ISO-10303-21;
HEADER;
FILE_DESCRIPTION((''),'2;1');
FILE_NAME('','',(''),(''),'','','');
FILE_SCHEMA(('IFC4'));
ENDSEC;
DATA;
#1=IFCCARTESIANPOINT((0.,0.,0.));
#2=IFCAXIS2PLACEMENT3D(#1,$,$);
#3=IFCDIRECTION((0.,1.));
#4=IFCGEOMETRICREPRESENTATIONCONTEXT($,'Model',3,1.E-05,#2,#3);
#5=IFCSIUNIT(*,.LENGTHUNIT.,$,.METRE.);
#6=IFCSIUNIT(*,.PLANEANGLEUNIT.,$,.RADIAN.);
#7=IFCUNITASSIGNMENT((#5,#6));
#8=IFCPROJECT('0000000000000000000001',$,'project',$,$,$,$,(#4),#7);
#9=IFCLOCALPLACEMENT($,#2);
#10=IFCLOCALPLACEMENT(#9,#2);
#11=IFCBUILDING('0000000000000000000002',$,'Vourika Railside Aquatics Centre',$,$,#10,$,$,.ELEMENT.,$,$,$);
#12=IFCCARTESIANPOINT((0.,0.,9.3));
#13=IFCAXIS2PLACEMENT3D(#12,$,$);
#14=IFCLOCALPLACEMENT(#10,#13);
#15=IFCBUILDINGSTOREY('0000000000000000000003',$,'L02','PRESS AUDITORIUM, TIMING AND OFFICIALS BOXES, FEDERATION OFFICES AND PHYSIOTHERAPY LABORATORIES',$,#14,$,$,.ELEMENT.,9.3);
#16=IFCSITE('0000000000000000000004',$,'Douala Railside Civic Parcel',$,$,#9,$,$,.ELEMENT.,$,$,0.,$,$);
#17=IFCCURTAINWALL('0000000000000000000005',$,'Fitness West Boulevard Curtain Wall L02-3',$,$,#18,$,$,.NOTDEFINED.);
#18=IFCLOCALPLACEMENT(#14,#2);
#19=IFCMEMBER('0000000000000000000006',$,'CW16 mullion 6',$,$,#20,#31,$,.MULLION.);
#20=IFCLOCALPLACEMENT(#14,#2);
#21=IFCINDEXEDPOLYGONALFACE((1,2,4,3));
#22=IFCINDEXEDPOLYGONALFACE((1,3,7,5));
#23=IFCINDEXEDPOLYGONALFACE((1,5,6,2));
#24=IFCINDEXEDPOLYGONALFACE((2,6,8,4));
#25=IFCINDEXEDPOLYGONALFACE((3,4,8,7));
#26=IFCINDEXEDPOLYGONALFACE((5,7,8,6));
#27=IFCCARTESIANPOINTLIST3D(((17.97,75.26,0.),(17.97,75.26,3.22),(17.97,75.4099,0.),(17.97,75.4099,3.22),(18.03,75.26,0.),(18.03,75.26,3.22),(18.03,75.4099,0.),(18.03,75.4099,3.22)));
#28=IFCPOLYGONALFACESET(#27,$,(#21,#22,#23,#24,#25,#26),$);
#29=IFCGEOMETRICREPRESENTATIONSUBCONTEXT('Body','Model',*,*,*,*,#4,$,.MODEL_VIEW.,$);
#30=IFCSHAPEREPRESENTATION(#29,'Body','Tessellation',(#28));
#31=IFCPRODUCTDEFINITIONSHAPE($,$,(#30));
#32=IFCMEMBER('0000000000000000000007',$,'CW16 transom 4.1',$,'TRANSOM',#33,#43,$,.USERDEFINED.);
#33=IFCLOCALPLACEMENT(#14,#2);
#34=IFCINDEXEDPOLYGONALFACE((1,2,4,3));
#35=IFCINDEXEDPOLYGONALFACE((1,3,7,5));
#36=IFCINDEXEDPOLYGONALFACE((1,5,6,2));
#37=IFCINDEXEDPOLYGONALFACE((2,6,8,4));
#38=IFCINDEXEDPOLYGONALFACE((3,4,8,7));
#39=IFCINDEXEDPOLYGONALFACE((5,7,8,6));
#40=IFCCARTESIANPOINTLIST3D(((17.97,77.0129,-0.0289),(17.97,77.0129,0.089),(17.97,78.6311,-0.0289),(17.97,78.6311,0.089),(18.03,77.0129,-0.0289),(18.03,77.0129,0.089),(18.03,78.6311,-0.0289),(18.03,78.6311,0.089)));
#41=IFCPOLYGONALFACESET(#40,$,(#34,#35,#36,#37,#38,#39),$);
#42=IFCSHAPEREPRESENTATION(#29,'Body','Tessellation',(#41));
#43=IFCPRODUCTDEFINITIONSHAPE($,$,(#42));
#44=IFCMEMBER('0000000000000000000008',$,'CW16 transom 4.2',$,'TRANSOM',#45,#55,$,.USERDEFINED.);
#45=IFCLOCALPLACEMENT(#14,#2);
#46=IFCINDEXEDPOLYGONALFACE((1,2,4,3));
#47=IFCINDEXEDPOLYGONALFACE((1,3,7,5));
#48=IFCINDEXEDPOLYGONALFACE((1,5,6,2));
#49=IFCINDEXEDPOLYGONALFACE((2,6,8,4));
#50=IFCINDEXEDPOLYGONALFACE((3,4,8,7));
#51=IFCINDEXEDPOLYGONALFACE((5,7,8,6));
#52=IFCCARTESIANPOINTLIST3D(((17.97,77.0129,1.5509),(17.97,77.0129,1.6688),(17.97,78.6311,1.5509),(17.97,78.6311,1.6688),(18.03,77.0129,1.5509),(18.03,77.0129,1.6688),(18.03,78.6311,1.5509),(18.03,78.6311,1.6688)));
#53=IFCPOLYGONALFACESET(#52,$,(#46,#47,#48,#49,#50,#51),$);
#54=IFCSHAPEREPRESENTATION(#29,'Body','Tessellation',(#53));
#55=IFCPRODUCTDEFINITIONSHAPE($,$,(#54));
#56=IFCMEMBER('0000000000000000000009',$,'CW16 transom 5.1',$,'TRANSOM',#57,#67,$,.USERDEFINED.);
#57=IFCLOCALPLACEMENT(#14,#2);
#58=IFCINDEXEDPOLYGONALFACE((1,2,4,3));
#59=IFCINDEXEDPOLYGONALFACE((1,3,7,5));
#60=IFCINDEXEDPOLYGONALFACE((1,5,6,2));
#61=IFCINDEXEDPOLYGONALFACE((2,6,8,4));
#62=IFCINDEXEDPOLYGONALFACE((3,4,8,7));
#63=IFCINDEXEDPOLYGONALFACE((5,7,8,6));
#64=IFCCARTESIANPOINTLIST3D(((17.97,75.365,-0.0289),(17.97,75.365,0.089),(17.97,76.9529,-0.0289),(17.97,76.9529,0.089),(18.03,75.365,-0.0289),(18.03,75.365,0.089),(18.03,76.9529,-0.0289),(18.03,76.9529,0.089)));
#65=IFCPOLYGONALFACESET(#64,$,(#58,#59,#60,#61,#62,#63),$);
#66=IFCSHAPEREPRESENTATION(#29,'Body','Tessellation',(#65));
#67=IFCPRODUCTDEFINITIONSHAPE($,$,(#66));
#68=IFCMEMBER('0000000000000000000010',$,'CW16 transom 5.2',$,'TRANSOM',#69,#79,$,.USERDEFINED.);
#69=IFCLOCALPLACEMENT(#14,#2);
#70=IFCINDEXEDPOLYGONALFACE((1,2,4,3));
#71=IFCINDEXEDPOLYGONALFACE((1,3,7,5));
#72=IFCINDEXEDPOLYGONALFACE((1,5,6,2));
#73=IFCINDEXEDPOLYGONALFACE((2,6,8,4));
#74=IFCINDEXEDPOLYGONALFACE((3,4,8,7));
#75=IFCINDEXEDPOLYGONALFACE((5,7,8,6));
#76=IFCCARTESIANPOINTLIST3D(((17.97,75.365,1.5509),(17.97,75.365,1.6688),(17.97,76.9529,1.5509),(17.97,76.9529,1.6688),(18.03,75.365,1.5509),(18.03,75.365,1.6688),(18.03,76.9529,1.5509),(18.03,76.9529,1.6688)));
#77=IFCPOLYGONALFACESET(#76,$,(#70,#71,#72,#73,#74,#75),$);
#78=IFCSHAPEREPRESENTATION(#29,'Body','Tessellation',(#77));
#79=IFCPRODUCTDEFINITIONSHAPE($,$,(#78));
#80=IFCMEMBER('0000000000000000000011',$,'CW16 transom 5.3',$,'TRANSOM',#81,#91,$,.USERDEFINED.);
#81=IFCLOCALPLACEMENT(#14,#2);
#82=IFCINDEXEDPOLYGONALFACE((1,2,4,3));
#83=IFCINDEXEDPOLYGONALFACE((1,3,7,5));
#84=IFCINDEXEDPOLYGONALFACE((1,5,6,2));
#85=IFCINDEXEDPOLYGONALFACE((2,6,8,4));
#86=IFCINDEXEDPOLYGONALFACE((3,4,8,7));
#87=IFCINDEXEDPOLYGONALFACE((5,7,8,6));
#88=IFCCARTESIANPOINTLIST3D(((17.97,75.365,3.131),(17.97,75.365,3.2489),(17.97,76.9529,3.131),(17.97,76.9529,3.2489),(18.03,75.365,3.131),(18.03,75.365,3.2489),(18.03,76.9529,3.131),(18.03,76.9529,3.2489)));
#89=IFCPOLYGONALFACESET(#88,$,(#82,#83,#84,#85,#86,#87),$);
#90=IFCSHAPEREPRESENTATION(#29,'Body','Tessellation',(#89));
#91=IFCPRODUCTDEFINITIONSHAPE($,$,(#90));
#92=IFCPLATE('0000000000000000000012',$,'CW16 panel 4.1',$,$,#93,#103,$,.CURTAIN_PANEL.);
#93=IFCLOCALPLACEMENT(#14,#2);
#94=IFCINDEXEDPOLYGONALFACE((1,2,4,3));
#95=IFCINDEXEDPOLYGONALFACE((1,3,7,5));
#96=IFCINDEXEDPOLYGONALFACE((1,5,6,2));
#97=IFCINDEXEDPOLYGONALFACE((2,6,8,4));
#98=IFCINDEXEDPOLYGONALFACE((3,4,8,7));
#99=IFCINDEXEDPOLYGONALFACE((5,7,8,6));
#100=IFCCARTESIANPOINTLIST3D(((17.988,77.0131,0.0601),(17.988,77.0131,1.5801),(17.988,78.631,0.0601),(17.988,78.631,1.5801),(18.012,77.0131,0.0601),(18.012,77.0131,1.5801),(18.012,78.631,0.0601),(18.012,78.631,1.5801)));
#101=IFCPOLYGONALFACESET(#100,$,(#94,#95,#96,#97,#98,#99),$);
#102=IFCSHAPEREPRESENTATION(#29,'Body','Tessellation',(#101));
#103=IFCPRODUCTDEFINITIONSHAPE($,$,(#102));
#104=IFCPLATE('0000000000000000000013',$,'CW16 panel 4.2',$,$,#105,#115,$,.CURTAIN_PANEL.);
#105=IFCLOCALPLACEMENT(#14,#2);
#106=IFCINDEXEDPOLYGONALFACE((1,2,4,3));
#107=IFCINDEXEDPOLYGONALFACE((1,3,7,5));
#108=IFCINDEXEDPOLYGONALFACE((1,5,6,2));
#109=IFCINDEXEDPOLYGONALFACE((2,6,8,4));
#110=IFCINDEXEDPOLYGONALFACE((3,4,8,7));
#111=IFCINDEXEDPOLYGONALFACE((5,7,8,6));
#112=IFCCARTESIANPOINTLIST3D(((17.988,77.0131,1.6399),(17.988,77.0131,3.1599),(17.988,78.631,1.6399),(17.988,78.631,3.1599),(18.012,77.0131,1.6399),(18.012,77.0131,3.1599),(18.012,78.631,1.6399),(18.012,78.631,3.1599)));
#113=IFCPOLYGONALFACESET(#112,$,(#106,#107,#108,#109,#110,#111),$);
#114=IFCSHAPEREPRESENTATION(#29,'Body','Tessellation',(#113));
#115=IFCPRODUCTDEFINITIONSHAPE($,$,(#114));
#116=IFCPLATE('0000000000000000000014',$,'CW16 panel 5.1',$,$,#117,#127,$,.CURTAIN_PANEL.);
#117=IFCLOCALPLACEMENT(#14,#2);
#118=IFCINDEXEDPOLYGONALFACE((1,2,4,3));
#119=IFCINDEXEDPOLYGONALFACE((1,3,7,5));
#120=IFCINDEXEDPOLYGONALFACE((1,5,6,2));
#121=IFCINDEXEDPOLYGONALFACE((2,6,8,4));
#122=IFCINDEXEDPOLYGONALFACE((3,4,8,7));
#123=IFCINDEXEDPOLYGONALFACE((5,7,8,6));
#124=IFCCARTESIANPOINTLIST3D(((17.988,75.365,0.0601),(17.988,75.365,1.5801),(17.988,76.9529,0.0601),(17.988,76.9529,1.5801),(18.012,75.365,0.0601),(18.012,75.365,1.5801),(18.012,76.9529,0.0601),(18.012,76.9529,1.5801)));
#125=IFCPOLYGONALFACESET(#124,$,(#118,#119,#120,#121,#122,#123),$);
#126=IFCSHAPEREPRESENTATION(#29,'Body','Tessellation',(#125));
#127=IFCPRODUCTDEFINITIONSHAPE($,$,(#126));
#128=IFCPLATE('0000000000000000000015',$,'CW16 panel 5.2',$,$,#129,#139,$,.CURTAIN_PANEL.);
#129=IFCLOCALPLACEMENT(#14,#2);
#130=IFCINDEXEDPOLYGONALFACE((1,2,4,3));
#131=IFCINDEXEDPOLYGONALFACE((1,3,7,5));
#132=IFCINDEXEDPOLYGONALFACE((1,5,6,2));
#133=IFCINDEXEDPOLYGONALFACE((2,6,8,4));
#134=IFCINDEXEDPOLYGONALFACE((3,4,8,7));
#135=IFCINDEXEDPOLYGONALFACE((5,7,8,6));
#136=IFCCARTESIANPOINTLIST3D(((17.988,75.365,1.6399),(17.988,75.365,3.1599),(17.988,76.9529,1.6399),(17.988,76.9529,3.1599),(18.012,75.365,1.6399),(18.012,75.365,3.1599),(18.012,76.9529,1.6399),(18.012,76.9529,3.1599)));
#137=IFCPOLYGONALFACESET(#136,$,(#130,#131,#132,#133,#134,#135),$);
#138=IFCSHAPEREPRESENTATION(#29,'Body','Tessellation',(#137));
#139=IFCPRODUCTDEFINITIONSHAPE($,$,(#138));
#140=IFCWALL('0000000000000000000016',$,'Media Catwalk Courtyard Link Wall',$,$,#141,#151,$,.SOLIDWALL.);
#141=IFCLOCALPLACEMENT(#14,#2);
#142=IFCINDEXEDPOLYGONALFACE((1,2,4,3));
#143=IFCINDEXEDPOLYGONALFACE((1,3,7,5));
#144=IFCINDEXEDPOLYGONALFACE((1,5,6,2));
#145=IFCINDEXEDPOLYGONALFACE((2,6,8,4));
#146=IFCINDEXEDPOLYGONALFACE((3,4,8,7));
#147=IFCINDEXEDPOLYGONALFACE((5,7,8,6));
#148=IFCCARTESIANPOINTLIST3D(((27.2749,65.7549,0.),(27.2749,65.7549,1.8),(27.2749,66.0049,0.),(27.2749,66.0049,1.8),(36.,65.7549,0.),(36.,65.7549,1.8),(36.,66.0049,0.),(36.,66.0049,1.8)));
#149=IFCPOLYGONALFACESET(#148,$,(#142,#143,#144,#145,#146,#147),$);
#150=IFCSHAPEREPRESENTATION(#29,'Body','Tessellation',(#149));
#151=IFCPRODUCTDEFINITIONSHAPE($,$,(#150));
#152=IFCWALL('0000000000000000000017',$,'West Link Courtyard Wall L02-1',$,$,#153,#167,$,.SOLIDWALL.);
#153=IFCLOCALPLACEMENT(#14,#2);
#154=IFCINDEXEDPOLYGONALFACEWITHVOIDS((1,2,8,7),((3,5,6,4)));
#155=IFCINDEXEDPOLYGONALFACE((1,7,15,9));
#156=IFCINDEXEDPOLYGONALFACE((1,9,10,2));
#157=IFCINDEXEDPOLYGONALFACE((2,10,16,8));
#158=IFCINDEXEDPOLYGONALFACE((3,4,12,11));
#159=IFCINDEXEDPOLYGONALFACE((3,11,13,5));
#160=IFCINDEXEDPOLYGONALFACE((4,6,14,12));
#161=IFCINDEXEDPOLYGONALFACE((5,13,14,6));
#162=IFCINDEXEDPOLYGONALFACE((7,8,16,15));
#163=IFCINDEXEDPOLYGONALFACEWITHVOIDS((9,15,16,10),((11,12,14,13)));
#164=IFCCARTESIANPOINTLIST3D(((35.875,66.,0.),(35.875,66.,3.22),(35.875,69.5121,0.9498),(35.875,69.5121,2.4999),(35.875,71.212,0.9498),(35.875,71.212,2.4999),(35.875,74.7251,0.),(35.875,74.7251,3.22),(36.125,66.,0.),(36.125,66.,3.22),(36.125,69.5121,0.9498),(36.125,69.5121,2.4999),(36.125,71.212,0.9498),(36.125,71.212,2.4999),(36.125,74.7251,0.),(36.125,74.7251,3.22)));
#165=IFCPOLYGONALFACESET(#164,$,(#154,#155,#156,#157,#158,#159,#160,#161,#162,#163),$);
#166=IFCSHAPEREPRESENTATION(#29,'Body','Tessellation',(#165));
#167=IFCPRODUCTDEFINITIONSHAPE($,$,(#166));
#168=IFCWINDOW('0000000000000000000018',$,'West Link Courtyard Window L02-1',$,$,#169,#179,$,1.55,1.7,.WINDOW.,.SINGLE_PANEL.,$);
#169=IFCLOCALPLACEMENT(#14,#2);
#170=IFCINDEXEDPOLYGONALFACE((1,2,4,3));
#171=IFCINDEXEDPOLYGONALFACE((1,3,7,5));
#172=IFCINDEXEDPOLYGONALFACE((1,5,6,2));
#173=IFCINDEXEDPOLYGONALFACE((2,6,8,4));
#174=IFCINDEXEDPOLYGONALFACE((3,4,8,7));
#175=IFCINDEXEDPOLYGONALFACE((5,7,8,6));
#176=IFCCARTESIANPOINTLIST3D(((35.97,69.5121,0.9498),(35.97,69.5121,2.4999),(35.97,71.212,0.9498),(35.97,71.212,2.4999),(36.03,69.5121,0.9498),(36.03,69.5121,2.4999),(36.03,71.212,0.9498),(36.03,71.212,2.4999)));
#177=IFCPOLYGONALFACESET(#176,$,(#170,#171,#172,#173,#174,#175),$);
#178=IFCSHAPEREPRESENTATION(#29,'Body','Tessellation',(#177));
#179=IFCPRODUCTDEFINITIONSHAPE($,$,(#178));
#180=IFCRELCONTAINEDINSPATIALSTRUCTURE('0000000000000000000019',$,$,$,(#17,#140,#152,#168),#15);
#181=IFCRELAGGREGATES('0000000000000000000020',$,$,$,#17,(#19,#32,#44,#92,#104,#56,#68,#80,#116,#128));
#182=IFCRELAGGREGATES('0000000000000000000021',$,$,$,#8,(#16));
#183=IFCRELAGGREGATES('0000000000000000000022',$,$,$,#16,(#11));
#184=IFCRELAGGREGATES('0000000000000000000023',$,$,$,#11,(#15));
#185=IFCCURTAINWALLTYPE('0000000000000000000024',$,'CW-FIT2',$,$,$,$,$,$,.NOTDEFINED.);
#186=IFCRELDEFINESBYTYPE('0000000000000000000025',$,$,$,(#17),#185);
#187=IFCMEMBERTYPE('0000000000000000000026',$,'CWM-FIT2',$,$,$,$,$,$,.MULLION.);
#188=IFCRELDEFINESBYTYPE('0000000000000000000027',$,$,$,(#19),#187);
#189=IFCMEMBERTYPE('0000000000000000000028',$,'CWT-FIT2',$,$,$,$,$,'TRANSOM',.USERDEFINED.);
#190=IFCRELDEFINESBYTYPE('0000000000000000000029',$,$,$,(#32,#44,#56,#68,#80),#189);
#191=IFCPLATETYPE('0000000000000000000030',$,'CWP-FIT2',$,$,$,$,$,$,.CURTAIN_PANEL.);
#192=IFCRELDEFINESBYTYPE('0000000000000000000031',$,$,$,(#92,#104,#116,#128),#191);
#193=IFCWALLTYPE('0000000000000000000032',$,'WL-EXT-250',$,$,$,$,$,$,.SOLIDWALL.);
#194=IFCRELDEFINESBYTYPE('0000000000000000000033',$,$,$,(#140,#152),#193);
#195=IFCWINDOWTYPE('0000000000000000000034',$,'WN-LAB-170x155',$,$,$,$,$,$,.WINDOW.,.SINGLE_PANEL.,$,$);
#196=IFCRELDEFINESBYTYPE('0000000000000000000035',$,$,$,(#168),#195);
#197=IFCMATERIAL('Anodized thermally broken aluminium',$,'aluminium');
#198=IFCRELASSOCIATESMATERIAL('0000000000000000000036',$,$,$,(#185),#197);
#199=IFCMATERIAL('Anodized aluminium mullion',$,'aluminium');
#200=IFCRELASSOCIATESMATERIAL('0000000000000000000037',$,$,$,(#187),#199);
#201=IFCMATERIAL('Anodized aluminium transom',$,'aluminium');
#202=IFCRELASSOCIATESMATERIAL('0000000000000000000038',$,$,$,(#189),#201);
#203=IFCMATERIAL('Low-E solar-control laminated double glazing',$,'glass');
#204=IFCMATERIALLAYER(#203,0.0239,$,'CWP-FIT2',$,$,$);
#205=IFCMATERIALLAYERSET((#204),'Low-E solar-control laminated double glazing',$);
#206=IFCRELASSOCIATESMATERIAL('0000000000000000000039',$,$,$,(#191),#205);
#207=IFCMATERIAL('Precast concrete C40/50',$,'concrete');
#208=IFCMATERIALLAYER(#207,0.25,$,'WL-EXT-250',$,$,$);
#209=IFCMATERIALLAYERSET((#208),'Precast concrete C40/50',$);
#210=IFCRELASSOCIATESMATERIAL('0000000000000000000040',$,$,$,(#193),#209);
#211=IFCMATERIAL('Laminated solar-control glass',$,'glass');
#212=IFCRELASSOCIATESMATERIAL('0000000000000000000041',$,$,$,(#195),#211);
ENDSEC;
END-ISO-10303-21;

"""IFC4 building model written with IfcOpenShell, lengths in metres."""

from ifc_helpers import new_model, si_unit, direction, frame, frame_2d, origin, origin_2d, place, context, subcontext, project, spatial, rectangle, extrude, material, layer, layer_set, material_profile, profile_set, type_object, element, fill, aggregate, save


model = new_model("IFC4")

# Units and contexts
model_context = context("Model", 3, precision=1e-05, world=origin(), true_north=direction((0.0, 1.0)))
body_context = subcontext(model_context, "Body", "Model", "MODEL_VIEW")
ifc_project = project(units=[si_unit("LENGTHUNIT", "METRE"), si_unit("PLANEANGLEUNIT", "RADIAN")], contexts=[model_context])

# Site, building, storey
site_placement = place(None, origin())
site = spatial("IfcSite", under=ifc_project, at=site_placement, Name="Douala Railside Civic Parcel", CompositionType="ELEMENT", RefElevation=0.0)
building_placement = place(site_placement, origin())
building = spatial("IfcBuilding", under=site, at=building_placement, Name="Vourika Railside Aquatics Centre", CompositionType="ELEMENT")
storey_placement = place(building_placement, frame((0.0, 0.0, 9.3)))
storey = spatial("IfcBuildingStorey", under=building, at=storey_placement, Name="L02", Description="PRESS AUDITORIUM, TIMING AND OFFICIALS BOXES, FEDERATION OFFICES AND PHYSIOTHERAPY LABORATORIES", CompositionType="ELEMENT", Elevation=9.3)

# Curtain wall, members, plates
ifc_material_1 = material(Name="Anodized thermally broken aluminium", Category="aluminium")
curtain_wall_type = type_object("IfcCurtainWallType", Name="CW-FIT2", PredefinedType="NOTDEFINED", material=ifc_material_1)
curtain_wall_placement = place(storey_placement, origin())
curtain_wall = element("IfcCurtainWall", 1, at=curtain_wall_placement, inside=storey, type_object=curtain_wall_type, Name="Fitness West Boulevard Curtain Wall L02-3", PredefinedType="NOTDEFINED")
ifc_material_2 = material(Name="Anodized aluminium mullion", Category="aluminium")
ifc_material_profile_1 = material_profile(ifc_material_2, rectangle(XDim=0.0601, YDim=0.1499, at=origin_2d()), Name="ALU-M 60x150")
ifc_profile_set_1 = profile_set([ifc_material_profile_1], Name="Anodized aluminium mullion")
member_type_1 = type_object("IfcMemberType", Name="CWM-FIT2", PredefinedType="MULLION", material=ifc_profile_set_1)
member_1_placement = place(storey_placement, frame((18.0, 75.335, 0.0), z_axis=(0.0, 0.0, 1.0), x_axis=(1.0, 0.0, 0.0)))
member_1 = element("IfcMember", 2, at=member_1_placement, type_object=member_type_1, Name="CW16 mullion 6", PredefinedType="MULLION", context=body_context, shape_type="SweptSolid", body=[
    extrude(rectangle(XDim=0.0601, YDim=0.1499, at=origin_2d()), origin(), (0.0, 0.0, 1.0), 3.22),
])
ifc_material_3 = material(Name="Anodized aluminium transom", Category="aluminium")
ifc_material_profile_2 = material_profile(ifc_material_3, rectangle(XDim=0.0601, YDim=0.1179, at=origin_2d()), Name="ALU-T 60x118")
ifc_profile_set_2 = profile_set([ifc_material_profile_2], Name="Anodized aluminium transom")
member_type_2 = type_object("IfcMemberType", Name="CWT-FIT2", ElementType="TRANSOM", PredefinedType="USERDEFINED", material=ifc_profile_set_2)
member_2_placement = place(storey_placement, frame((18.0, 78.6311, 0.03), z_axis=(0.0, -1.0, 0.0), x_axis=(1.0, 0.0, 0.0)))
member_2 = element("IfcMember", 3, at=member_2_placement, type_object=member_type_2, Name="CW16 transom 4.1", ObjectType="TRANSOM", PredefinedType="USERDEFINED", context=body_context, shape_type="SweptSolid", body=[
    extrude(rectangle(XDim=0.0601, YDim=0.1179, at=origin_2d()), origin(), (0.0, 0.0, 1.0), 1.6182),
])
member_3_placement = place(storey_placement, frame((18.0, 78.6311, 1.6099), z_axis=(0.0, -1.0, 0.0), x_axis=(1.0, 0.0, 0.0)))
member_3 = element("IfcMember", 4, at=member_3_placement, type_object=member_type_2, Name="CW16 transom 4.2", ObjectType="TRANSOM", PredefinedType="USERDEFINED", context=body_context, shape_type="SweptSolid", body=[
    extrude(rectangle(XDim=0.0601, YDim=0.1179, at=origin_2d()), origin(), (0.0, 0.0, 1.0), 1.6182),
])
member_4_placement = place(storey_placement, frame((18.0, 76.9529, 0.03), z_axis=(0.0, -1.0, 0.0), x_axis=(1.0, 0.0, 0.0)))
member_4 = element("IfcMember", 5, at=member_4_placement, type_object=member_type_2, Name="CW16 transom 5.1", ObjectType="TRANSOM", PredefinedType="USERDEFINED", context=body_context, shape_type="SweptSolid", body=[
    extrude(rectangle(XDim=0.0601, YDim=0.1179, at=origin_2d()), origin(), (0.0, 0.0, 1.0), 1.5879),
])
member_5_placement = place(storey_placement, frame((18.0, 76.9529, 1.6099), z_axis=(0.0, -1.0, 0.0), x_axis=(1.0, 0.0, 0.0)))
member_5 = element("IfcMember", 6, at=member_5_placement, type_object=member_type_2, Name="CW16 transom 5.2", ObjectType="TRANSOM", PredefinedType="USERDEFINED", context=body_context, shape_type="SweptSolid", body=[
    extrude(rectangle(XDim=0.0601, YDim=0.1179, at=origin_2d()), origin(), (0.0, 0.0, 1.0), 1.5879),
])
member_6_placement = place(storey_placement, frame((18.0, 76.9529, 3.1899), z_axis=(0.0, -1.0, 0.0), x_axis=(1.0, 0.0, 0.0)))
member_6 = element("IfcMember", 7, at=member_6_placement, type_object=member_type_2, Name="CW16 transom 5.3", ObjectType="TRANSOM", PredefinedType="USERDEFINED", context=body_context, shape_type="SweptSolid", body=[
    extrude(rectangle(XDim=0.0601, YDim=0.1179, at=origin_2d()), origin(), (0.0, 0.0, 1.0), 1.5879),
])
ifc_material_4 = material(Name="Low-E solar-control laminated double glazing", Category="glass")
ifc_layer_1 = layer(ifc_material_4, 0.0239, Name="CWP-FIT2")
ifc_layer_set_1 = layer_set([ifc_layer_1], Name="Low-E solar-control laminated double glazing")
plate_type = type_object("IfcPlateType", Name="CWP-FIT2", PredefinedType="CURTAIN_PANEL", material=ifc_layer_set_1)
plate_1_placement = place(storey_placement, frame((18.0, 77.822, 0.0601), z_axis=(0.0, 0.0, 1.0), x_axis=(0.0, -1.0, 0.0)))
plate_1 = element("IfcPlate", 8, at=plate_1_placement, type_object=plate_type, Name="CW16 panel 4.1", PredefinedType="CURTAIN_PANEL", context=body_context, shape_type="SweptSolid", body=[
    extrude(rectangle(XDim=1.6179, YDim=0.0239, at=origin_2d()), origin(), (0.0, 0.0, 1.0), 1.52),
])
plate_2_placement = place(storey_placement, frame((18.0, 77.822, 1.6399), z_axis=(0.0, 0.0, 1.0), x_axis=(0.0, -1.0, 0.0)))
plate_2 = element("IfcPlate", 9, at=plate_2_placement, type_object=plate_type, Name="CW16 panel 4.2", PredefinedType="CURTAIN_PANEL", context=body_context, shape_type="SweptSolid", body=[
    extrude(rectangle(XDim=1.6179, YDim=0.0239, at=origin_2d()), origin(), (0.0, 0.0, 1.0), 1.52),
])
plate_3_placement = place(storey_placement, frame((18.0, 76.1589, 0.0601), z_axis=(0.0, 0.0, 1.0), x_axis=(0.0, -1.0, 0.0)))
plate_3 = element("IfcPlate", 10, at=plate_3_placement, type_object=plate_type, Name="CW16 panel 5.1", PredefinedType="CURTAIN_PANEL", context=body_context, shape_type="SweptSolid", body=[
    extrude(rectangle(XDim=1.5879, YDim=0.0239, at=origin_2d()), origin(), (0.0, 0.0, 1.0), 1.52),
])
plate_4_placement = place(storey_placement, frame((18.0, 76.1589, 1.6399), z_axis=(0.0, 0.0, 1.0), x_axis=(0.0, -1.0, 0.0)))
plate_4 = element("IfcPlate", 11, at=plate_4_placement, type_object=plate_type, Name="CW16 panel 5.2", PredefinedType="CURTAIN_PANEL", context=body_context, shape_type="SweptSolid", body=[
    extrude(rectangle(XDim=1.5879, YDim=0.0239, at=origin_2d()), origin(), (0.0, 0.0, 1.0), 1.52),
])
aggregate(curtain_wall, [member_1, member_2, member_3, plate_1, plate_2, member_4, member_5, member_6, plate_3, plate_4])

# Wall
ifc_material_5 = material(Name="Precast concrete C40/50", Category="concrete")
ifc_layer_2 = layer(ifc_material_5, 0.25, Name="WL-EXT-250")
ifc_layer_set_2 = layer_set([ifc_layer_2], Name="Precast concrete C40/50")
wall_type_1 = type_object("IfcWallType", Name="WL-EXT-250", PredefinedType="SOLIDWALL", material=ifc_layer_set_2)
wall_1_placement = place(storey_placement, frame((36.0, 65.8799, 0.0), z_axis=(0.0, 0.0, 1.0), x_axis=(-1.0, 0.0, 0.0)))
element("IfcWall", 12, at=wall_1_placement, inside=storey, type_object=wall_type_1, Name="Media Catwalk Courtyard Link Wall", PredefinedType="SOLIDWALL", context=body_context, shape_type="SweptSolid", body=[
    extrude(rectangle(XDim=8.7251, YDim=0.25, at=frame_2d((4.3625, 0.0))), origin(), (0.0, 0.0, 1.0), 1.8),
])

# Wall, opening, window
wall_2_placement = place(storey_placement, frame((36.0, 66.0, 0.0), z_axis=(0.0, 0.0, 1.0), x_axis=(0.0, 1.0, 0.0)))
wall_2 = element("IfcWall", 13, at=wall_2_placement, inside=storey, type_object=wall_type_1, Name="West Link Courtyard Wall L02-1", PredefinedType="SOLIDWALL", context=body_context, shape_type="SweptSolid", body=[
    extrude(rectangle(XDim=8.7251, YDim=0.25, at=frame_2d((4.3625, 0.0))), origin(), (0.0, 0.0, 1.0), 3.22),
])
opening_1_placement = place(wall_2_placement, frame((3.512, 0.0, 0.95)))
opening_1 = element("IfcOpeningElement", 14, at=opening_1_placement, cuts=wall_2, PredefinedType="OPENING", context=body_context, shape_type="SweptSolid", body=[
    extrude(rectangle(XDim=1.7, YDim=1.55, at=frame_2d((0.8501, 0.7749))), frame((0.0, 0.135, 0.0), z_axis=(0.0, -1.0, 0.0), x_axis=(1.0, 0.0, 0.0)), (0.0, 0.0, 1.0), 0.27),
])
ifc_material_6 = material(Name="Laminated solar-control glass", Category="glass")
window_type = type_object("IfcWindowType", Name="WN-LAB-170x155", PartitioningType="SINGLE_PANEL", PredefinedType="WINDOW", material=ifc_material_6)
window_1_placement = place(opening_1_placement, origin())
window_1 = element("IfcWindow", 15, at=window_1_placement, inside=storey, type_object=window_type, Name="West Link Courtyard Window L02-1", OverallHeight=1.55, OverallWidth=1.7, PartitioningType="SINGLE_PANEL", PredefinedType="WINDOW", context=body_context, shape_type="SweptSolid", body=[
    extrude(rectangle(XDim=1.7, YDim=1.55, at=frame_2d((0.8501, 0.7749))), frame((0.0, 0.03, 0.0), z_axis=(0.0, -1.0, 0.0), x_axis=(1.0, 0.0, 0.0)), (0.0, 0.0, 1.0), 0.0601),
])
fill(opening_1, window_1)

save(model, "model.ifc")
